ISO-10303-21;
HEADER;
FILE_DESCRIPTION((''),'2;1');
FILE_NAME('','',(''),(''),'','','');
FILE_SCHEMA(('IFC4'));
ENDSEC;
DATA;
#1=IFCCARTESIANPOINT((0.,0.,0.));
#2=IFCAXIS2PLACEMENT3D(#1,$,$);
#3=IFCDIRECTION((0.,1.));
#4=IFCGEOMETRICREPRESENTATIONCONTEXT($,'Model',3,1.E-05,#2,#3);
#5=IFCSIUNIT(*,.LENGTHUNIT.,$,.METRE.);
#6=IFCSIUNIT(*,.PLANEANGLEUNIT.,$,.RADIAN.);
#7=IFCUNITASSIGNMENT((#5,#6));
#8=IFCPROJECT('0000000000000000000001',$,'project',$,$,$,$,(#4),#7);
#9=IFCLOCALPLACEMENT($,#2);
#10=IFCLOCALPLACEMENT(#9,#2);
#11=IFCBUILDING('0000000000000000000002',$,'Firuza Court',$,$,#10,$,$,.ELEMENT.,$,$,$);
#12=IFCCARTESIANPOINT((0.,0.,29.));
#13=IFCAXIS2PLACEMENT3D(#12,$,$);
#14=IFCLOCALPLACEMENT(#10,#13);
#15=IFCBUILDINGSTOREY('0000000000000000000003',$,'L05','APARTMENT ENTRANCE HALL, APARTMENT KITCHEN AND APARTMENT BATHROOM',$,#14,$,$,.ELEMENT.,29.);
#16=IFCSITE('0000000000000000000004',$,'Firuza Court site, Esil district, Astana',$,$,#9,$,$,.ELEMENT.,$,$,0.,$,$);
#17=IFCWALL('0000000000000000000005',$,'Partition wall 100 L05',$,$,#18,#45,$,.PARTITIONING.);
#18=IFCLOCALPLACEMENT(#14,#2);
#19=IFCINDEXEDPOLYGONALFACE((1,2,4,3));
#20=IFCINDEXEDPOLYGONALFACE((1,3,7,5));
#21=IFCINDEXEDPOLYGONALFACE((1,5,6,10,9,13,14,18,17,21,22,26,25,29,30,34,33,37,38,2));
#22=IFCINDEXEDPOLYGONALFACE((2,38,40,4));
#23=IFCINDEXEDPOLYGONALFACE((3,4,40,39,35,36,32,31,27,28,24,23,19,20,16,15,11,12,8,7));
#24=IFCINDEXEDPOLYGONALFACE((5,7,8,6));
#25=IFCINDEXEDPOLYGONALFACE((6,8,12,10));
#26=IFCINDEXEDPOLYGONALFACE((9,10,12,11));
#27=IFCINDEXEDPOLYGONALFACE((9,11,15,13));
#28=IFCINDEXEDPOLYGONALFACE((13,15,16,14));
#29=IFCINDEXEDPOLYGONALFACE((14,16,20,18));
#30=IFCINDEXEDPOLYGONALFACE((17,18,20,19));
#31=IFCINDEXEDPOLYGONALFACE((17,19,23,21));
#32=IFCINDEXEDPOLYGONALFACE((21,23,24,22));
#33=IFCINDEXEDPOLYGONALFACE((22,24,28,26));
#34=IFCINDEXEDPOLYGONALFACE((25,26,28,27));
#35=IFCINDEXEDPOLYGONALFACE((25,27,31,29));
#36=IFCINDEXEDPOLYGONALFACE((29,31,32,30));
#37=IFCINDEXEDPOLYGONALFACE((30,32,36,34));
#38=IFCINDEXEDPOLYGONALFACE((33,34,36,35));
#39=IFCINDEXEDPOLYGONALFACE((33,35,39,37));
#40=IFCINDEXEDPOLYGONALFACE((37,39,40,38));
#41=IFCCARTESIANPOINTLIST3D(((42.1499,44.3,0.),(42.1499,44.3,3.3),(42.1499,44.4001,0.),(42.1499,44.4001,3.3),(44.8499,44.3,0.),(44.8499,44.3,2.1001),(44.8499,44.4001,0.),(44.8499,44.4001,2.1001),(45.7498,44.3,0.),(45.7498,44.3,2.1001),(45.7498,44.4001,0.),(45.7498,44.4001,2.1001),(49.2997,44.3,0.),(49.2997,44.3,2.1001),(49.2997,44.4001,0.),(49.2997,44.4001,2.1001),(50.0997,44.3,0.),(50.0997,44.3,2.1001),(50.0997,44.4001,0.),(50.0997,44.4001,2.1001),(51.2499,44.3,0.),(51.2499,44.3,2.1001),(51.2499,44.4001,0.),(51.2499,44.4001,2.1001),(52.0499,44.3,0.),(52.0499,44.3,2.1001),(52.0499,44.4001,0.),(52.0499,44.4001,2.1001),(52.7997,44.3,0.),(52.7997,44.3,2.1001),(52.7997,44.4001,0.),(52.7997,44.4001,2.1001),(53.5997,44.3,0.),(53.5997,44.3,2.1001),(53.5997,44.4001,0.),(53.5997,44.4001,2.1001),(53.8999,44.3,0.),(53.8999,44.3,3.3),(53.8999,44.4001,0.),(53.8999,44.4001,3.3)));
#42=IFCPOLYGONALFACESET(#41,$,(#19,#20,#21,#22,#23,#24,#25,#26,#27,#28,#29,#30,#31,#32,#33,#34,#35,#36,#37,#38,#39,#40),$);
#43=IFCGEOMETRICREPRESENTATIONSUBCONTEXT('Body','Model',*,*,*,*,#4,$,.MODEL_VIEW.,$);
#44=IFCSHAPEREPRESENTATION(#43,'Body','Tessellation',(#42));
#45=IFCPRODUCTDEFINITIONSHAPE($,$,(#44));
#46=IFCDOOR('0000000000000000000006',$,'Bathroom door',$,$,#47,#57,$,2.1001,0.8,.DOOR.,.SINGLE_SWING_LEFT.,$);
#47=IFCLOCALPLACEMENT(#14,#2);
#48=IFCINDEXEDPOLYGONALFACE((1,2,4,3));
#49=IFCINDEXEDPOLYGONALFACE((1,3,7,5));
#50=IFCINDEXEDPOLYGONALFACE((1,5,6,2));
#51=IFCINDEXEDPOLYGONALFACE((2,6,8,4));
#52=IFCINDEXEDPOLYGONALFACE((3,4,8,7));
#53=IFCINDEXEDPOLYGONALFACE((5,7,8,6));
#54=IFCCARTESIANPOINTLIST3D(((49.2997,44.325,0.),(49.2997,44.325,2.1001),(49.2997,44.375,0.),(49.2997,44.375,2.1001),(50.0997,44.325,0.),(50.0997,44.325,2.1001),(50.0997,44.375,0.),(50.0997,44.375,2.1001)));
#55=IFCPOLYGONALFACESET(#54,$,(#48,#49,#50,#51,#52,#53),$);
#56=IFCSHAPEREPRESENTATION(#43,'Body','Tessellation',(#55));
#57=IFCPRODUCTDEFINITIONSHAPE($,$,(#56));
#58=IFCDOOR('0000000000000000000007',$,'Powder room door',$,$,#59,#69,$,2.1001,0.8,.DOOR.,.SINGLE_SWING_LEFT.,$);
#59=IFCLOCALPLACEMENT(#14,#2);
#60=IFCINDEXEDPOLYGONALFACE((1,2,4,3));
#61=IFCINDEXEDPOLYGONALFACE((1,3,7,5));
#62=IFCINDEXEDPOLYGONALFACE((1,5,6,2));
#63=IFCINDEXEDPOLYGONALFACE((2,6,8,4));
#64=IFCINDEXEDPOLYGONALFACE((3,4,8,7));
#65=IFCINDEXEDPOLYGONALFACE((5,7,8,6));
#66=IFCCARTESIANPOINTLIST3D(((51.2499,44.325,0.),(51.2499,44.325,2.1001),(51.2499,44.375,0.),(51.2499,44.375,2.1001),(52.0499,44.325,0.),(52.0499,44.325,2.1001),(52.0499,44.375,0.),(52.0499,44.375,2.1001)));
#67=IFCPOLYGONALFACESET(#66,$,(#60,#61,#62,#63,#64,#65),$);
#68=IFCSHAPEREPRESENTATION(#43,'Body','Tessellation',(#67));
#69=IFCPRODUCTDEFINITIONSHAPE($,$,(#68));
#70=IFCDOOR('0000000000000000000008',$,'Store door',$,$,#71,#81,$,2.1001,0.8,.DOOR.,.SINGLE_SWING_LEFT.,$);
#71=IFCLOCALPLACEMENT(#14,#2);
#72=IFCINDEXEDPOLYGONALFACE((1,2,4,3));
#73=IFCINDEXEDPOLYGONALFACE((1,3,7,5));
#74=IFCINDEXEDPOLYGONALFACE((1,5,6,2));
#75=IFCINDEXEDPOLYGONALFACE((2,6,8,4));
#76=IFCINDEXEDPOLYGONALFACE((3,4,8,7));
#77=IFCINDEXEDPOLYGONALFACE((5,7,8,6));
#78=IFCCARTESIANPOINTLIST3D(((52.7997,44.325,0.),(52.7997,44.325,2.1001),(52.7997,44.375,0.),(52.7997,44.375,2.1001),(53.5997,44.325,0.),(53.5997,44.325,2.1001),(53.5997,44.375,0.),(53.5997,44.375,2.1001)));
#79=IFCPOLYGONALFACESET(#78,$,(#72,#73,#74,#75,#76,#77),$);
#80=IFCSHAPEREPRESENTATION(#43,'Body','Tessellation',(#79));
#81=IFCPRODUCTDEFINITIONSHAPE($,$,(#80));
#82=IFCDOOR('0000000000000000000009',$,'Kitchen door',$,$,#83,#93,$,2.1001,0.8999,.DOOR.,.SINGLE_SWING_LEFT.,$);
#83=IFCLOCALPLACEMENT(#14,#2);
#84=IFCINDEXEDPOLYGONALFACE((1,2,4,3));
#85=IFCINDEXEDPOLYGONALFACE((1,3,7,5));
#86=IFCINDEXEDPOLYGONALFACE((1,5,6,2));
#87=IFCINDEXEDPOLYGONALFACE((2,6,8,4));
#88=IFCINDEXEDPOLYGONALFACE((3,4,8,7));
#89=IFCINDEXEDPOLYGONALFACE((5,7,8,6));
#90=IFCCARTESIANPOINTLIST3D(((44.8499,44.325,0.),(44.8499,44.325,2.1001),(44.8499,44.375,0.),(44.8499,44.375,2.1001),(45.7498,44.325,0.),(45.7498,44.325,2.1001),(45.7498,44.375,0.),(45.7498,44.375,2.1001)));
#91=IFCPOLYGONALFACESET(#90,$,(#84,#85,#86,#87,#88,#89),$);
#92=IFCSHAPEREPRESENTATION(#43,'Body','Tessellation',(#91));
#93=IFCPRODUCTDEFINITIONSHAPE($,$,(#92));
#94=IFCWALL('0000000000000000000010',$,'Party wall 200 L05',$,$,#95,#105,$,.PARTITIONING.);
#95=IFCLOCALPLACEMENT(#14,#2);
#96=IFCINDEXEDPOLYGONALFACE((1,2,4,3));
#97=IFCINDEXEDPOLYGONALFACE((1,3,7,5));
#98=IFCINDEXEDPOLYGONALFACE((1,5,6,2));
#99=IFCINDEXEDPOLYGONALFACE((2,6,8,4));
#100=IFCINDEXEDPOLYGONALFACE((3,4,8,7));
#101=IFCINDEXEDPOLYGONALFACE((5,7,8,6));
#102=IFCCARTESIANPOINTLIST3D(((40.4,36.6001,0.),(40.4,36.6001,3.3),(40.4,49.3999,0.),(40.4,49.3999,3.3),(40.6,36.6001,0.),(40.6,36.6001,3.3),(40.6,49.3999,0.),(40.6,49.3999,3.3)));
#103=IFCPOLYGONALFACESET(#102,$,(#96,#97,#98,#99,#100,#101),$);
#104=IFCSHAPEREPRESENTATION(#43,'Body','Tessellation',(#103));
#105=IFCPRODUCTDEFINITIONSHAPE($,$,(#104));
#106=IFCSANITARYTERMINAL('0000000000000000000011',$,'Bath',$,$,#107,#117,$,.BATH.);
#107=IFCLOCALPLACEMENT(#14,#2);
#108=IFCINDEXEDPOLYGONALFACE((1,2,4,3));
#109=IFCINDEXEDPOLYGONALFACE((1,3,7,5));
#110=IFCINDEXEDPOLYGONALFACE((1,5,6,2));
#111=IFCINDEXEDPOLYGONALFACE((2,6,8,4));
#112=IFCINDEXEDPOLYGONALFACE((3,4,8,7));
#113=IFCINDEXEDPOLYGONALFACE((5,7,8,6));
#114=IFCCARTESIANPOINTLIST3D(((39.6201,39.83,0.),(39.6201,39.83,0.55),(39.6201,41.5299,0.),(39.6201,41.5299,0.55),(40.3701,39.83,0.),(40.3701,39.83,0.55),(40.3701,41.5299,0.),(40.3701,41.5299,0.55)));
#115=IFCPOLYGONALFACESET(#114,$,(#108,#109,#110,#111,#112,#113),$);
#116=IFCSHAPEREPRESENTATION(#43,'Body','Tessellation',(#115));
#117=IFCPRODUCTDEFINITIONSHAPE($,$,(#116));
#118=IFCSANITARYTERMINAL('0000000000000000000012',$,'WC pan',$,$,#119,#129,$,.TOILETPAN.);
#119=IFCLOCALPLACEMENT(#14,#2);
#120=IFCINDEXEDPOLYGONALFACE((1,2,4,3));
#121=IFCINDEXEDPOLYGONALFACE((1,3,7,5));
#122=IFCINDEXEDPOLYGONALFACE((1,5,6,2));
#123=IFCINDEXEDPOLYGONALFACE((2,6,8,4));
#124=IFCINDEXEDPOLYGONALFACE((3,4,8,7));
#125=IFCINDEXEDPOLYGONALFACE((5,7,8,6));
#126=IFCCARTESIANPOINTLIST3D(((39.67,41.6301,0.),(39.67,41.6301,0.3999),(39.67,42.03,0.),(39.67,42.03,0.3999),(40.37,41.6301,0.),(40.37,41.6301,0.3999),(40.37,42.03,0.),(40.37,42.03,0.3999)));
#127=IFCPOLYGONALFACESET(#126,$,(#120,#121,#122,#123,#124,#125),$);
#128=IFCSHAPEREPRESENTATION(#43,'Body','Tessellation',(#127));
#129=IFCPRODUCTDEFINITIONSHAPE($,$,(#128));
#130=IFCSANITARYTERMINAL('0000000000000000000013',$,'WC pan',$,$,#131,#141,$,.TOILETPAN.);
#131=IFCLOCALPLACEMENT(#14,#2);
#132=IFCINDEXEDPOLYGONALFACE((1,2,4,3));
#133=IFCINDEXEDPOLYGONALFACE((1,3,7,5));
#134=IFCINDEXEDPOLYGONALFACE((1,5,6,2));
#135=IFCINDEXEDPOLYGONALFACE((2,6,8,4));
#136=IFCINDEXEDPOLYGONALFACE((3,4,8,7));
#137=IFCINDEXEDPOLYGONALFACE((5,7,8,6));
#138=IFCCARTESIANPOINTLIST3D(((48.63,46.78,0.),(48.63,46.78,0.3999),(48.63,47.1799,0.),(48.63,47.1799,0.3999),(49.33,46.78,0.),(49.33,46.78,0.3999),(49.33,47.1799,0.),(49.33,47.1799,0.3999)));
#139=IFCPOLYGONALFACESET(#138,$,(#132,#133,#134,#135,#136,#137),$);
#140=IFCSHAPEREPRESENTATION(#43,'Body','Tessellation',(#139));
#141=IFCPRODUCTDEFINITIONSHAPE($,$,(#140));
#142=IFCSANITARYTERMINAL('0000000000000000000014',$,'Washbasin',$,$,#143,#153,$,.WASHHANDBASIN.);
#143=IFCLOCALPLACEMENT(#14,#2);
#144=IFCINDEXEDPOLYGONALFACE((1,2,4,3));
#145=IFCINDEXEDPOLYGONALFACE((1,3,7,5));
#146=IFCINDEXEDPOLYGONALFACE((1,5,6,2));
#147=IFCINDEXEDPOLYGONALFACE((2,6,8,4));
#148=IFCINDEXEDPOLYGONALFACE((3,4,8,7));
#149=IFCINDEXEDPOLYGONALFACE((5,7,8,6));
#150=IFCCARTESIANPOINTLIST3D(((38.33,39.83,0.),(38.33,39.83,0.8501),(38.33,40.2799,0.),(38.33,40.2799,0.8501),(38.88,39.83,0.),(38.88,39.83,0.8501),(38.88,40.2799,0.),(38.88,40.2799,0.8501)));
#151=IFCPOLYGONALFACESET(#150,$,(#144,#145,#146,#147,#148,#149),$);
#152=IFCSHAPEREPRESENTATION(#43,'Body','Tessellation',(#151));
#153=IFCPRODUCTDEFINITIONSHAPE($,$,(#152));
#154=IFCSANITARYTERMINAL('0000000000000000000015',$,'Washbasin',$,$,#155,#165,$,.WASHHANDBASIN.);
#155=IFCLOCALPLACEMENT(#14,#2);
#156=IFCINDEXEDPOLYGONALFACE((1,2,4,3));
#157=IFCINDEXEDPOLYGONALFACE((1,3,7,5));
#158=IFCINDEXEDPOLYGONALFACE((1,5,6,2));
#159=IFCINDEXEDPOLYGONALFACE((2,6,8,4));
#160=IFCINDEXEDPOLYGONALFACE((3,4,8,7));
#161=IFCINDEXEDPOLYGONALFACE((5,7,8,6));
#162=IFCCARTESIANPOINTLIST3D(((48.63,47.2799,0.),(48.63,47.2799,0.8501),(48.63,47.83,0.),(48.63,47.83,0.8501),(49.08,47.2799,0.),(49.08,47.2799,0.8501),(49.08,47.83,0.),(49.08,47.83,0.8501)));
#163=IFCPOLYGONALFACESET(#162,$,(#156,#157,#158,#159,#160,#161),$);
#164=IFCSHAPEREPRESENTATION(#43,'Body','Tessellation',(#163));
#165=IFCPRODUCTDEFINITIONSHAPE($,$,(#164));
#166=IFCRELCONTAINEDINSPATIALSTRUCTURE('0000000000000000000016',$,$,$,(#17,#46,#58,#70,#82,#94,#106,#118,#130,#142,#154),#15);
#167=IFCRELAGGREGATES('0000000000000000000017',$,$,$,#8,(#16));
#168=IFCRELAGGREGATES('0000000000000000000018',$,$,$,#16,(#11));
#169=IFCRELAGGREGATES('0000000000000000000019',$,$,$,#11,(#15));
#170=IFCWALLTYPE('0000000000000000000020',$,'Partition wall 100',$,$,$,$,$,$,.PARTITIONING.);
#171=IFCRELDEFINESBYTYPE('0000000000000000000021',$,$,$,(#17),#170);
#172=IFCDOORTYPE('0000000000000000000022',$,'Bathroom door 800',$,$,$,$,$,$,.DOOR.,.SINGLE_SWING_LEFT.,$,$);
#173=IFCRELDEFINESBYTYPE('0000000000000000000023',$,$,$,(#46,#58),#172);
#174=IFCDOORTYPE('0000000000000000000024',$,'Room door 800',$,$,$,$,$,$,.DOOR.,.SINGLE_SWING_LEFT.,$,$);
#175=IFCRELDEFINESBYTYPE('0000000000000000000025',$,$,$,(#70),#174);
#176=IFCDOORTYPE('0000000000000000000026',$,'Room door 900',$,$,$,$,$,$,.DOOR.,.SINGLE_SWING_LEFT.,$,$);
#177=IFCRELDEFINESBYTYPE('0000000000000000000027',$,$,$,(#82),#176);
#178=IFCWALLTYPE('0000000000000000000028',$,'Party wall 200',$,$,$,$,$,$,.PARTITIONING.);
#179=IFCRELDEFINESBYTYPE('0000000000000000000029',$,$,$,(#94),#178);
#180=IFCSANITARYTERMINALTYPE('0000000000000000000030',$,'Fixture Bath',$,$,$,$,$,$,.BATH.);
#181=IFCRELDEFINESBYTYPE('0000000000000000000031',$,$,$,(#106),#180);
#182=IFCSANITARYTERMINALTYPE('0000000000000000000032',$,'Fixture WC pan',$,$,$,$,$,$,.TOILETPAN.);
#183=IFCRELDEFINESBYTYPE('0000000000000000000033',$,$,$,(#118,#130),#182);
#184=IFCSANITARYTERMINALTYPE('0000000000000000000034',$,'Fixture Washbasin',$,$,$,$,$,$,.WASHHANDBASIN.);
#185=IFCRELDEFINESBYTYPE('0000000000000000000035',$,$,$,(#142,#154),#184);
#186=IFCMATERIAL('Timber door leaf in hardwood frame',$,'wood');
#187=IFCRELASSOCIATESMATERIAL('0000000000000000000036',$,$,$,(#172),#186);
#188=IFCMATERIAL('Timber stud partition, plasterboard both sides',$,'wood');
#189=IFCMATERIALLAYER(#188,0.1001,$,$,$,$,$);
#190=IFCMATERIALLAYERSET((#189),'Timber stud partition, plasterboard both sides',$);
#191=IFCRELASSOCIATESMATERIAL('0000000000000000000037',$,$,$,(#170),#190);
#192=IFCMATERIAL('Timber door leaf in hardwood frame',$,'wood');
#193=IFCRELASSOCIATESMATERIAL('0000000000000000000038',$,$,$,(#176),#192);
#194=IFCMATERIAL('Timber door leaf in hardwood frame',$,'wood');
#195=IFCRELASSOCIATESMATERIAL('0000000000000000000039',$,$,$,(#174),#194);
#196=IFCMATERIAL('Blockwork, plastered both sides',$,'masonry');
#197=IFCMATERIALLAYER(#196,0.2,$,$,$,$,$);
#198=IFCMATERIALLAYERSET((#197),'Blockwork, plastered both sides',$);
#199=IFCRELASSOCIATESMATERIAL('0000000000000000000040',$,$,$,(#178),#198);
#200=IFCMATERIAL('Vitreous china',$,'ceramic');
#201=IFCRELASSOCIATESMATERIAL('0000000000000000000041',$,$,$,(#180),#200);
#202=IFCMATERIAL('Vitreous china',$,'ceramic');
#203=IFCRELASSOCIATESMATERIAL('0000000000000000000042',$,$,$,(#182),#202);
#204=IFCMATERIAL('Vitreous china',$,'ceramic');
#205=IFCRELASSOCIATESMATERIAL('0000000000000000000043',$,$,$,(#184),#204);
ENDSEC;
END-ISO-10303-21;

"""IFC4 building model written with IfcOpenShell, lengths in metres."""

from ifc_helpers import new_model, si_unit, direction, frame, frame_2d, origin, origin_2d, place, context, subcontext, project, spatial, rectangle, extrude, material, layer, layer_set, type_object, element, fill, save


model = new_model("IFC4")

# Units and contexts
model_context = context("Model", 3, precision=1e-05, world=origin(), true_north=direction((0.0, 1.0)))
body_context = subcontext(model_context, "Body", "Model", "MODEL_VIEW")
ifc_project = project(units=[si_unit("LENGTHUNIT", "METRE"), si_unit("PLANEANGLEUNIT", "RADIAN")], contexts=[model_context])

# Site, building, storey
site_placement = place(None, origin())
site = spatial("IfcSite", under=ifc_project, at=site_placement, Name="Firuza Court site, Esil district, Astana", CompositionType="ELEMENT", RefElevation=0.0)
building_placement = place(site_placement, origin())
building = spatial("IfcBuilding", under=site, at=building_placement, Name="Firuza Court", CompositionType="ELEMENT")
storey_placement = place(building_placement, frame((0.0, 0.0, 29.0)))
storey = spatial("IfcBuildingStorey", under=building, at=storey_placement, Name="L05", Description="APARTMENT ENTRANCE HALL, APARTMENT KITCHEN AND APARTMENT BATHROOM", CompositionType="ELEMENT", Elevation=29.0)

# Shared definitions
ifc_material_1 = material(Name="Timber door leaf in hardwood frame", Category="wood")
door_type_1 = type_object("IfcDoorType", Name="Bathroom door 800", OperationType="SINGLE_SWING_LEFT", PredefinedType="DOOR", material=ifc_material_1)

# Shared definitions
ifc_material_2 = material(Name="Timber stud partition, plasterboard both sides", Category="wood")
ifc_layer_1 = layer(ifc_material_2, 0.1001)
ifc_layer_set_1 = layer_set([ifc_layer_1], Name="Timber stud partition, plasterboard both sides")
wall_type_1 = type_object("IfcWallType", Name="Partition wall 100", PredefinedType="PARTITIONING", material=ifc_layer_set_1)

# Shared definitions
ifc_material_3 = material(Name="Timber door leaf in hardwood frame", Category="wood")
door_type_2 = type_object("IfcDoorType", Name="Room door 900", OperationType="SINGLE_SWING_LEFT", PredefinedType="DOOR", material=ifc_material_3)

# Wall, openings, doors
wall_1_placement = place(storey_placement, frame((42.1499, 44.3501, 0.0), z_axis=(0.0, 0.0, 1.0), x_axis=(1.0, 0.0, 0.0)))
wall_1 = element("IfcWall", 1, at=wall_1_placement, inside=storey, type_object=wall_type_1, Name="Partition wall 100 L05", PredefinedType="PARTITIONING", context=body_context, shape_type="SweptSolid", body=[
    extrude(rectangle(XDim=11.75, YDim=0.1001, at=frame_2d((5.875, 0.0))), origin(), (0.0, 0.0, 1.0), 3.3),
])
opening_1_placement = place(wall_1_placement, frame((7.1499, 0.0, 0.0)))
opening_1 = element("IfcOpeningElement", 2, at=opening_1_placement, cuts=wall_1, PredefinedType="OPENING", context=body_context, shape_type="SweptSolid", body=[
    extrude(rectangle(XDim=0.8, YDim=2.1001, at=frame_2d((0.3999, 1.05))), frame((0.0, 0.062, 0.0), z_axis=(0.0, -1.0, 0.0), x_axis=(1.0, 0.0, 0.0)), (0.0, 0.0, 1.0), 0.124),
])
opening_2_placement = place(wall_1_placement, frame((2.7, 0.0, 0.0)))
opening_2 = element("IfcOpeningElement", 3, at=opening_2_placement, cuts=wall_1, PredefinedType="OPENING", context=body_context, shape_type="SweptSolid", body=[
    extrude(rectangle(XDim=0.8999, YDim=2.1001, at=frame_2d((0.45, 1.05))), frame((0.0, 0.062, 0.0), z_axis=(0.0, -1.0, 0.0), x_axis=(1.0, 0.0, 0.0)), (0.0, 0.0, 1.0), 0.124),
])
opening_3_placement = place(wall_1_placement, frame((10.6499, 0.0, 0.0)))
opening_3 = element("IfcOpeningElement", 4, at=opening_3_placement, cuts=wall_1, PredefinedType="OPENING", context=body_context, shape_type="SweptSolid", body=[
    extrude(rectangle(XDim=0.8, YDim=2.1001, at=frame_2d((0.3999, 1.05))), frame((0.0, 0.062, 0.0), z_axis=(0.0, -1.0, 0.0), x_axis=(1.0, 0.0, 0.0)), (0.0, 0.0, 1.0), 0.124),
])
opening_4_placement = place(wall_1_placement, frame((9.1001, 0.0, 0.0)))
opening_4 = element("IfcOpeningElement", 5, at=opening_4_placement, cuts=wall_1, PredefinedType="OPENING", context=body_context, shape_type="SweptSolid", body=[
    extrude(rectangle(XDim=0.8, YDim=2.1001, at=frame_2d((0.3999, 1.05))), frame((0.0, 0.062, 0.0), z_axis=(0.0, -1.0, 0.0), x_axis=(1.0, 0.0, 0.0)), (0.0, 0.0, 1.0), 0.124),
])
door_1_placement = place(opening_1_placement, origin())
door_1 = element("IfcDoor", 6, at=door_1_placement, inside=storey, type_object=door_type_1, Name="Bathroom door", OperationType="SINGLE_SWING_LEFT", OverallHeight=2.1001, OverallWidth=0.8, PredefinedType="DOOR", context=body_context, shape_type="SweptSolid", body=[
    extrude(rectangle(XDim=0.8, YDim=2.1001, at=frame_2d((0.3999, 1.05))), frame((0.0, 0.0249, 0.0), z_axis=(0.0, -1.0, 0.0), x_axis=(1.0, 0.0, 0.0)), (0.0, 0.0, 1.0), 0.05),
])
fill(opening_1, door_1)
door_2_placement = place(opening_4_placement, origin())
door_2 = element("IfcDoor", 7, at=door_2_placement, inside=storey, type_object=door_type_1, Name="Powder room door", OperationType="SINGLE_SWING_LEFT", OverallHeight=2.1001, OverallWidth=0.8, PredefinedType="DOOR", context=body_context, shape_type="SweptSolid", body=[
    extrude(rectangle(XDim=0.8, YDim=2.1001, at=frame_2d((0.3999, 1.05))), frame((0.0, 0.0249, 0.0), z_axis=(0.0, -1.0, 0.0), x_axis=(1.0, 0.0, 0.0)), (0.0, 0.0, 1.0), 0.05),
])
fill(opening_4, door_2)
ifc_material_4 = material(Name="Timber door leaf in hardwood frame", Category="wood")
door_type_3 = type_object("IfcDoorType", Name="Room door 800", OperationType="SINGLE_SWING_LEFT", PredefinedType="DOOR", material=ifc_material_4)
door_3_placement = place(opening_3_placement, origin())
door_3 = element("IfcDoor", 8, at=door_3_placement, inside=storey, type_object=door_type_3, Name="Store door", OperationType="SINGLE_SWING_LEFT", OverallHeight=2.1001, OverallWidth=0.8, PredefinedType="DOOR", context=body_context, shape_type="SweptSolid", body=[
    extrude(rectangle(XDim=0.8, YDim=2.1001, at=frame_2d((0.3999, 1.05))), frame((0.0, 0.0249, 0.0), z_axis=(0.0, -1.0, 0.0), x_axis=(1.0, 0.0, 0.0)), (0.0, 0.0, 1.0), 0.05),
])
fill(opening_3, door_3)
door_4_placement = place(opening_2_placement, origin())
door_4 = element("IfcDoor", 9, at=door_4_placement, inside=storey, type_object=door_type_2, Name="Kitchen door", OperationType="SINGLE_SWING_LEFT", OverallHeight=2.1001, OverallWidth=0.8999, PredefinedType="DOOR", context=body_context, shape_type="SweptSolid", body=[
    extrude(rectangle(XDim=0.8999, YDim=2.1001, at=frame_2d((0.45, 1.05))), frame((0.0, 0.0249, 0.0), z_axis=(0.0, -1.0, 0.0), x_axis=(1.0, 0.0, 0.0)), (0.0, 0.0, 1.0), 0.05),
])
fill(opening_2, door_4)

# Wall
ifc_material_5 = material(Name="Blockwork, plastered both sides", Category="masonry")
ifc_layer_2 = layer(ifc_material_5, 0.2)
ifc_layer_set_2 = layer_set([ifc_layer_2], Name="Blockwork, plastered both sides")
wall_type_2 = type_object("IfcWallType", Name="Party wall 200", PredefinedType="PARTITIONING", material=ifc_layer_set_2)
wall_2_placement = place(storey_placement, frame((40.5, 36.6001, 0.0), z_axis=(0.0, 0.0, 1.0), x_axis=(0.0, 1.0, 0.0)))
element("IfcWall", 10, at=wall_2_placement, inside=storey, type_object=wall_type_2, Name="Party wall 200 L05", PredefinedType="PARTITIONING", context=body_context, shape_type="SweptSolid", body=[
    extrude(rectangle(XDim=12.7998, YDim=0.2, at=frame_2d((6.3999, 0.0))), origin(), (0.0, 0.0, 1.0), 3.3),
])

# Sanitary terminals
ifc_material_6 = material(Name="Vitreous china", Category="ceramic")
sanitary_terminal_type_1 = type_object("IfcSanitaryTerminalType", Name="Fixture Bath", PredefinedType="BATH", material=ifc_material_6)
sanitary_terminal_1_placement = place(storey_placement, frame((39.9951, 40.6799, 0.0), z_axis=(0.0, 0.0, 1.0), x_axis=(1.0, 0.0, 0.0)))
element("IfcSanitaryTerminal", 11, at=sanitary_terminal_1_placement, inside=storey, type_object=sanitary_terminal_type_1, Name="Bath", PredefinedType="BATH", context=body_context, shape_type="SweptSolid", body=[
    extrude(rectangle(XDim=0.75, YDim=1.7, at=origin_2d()), origin(), (0.0, 0.0, 1.0), 0.55),
])
ifc_material_7 = material(Name="Vitreous china", Category="ceramic")
sanitary_terminal_type_2 = type_object("IfcSanitaryTerminalType", Name="Fixture WC pan", PredefinedType="TOILETPAN", material=ifc_material_7)
for number, where, z_axis, x_axis, name in (
    (12, (40.02, 41.8301, 0.0), (0.0, 0.0, 1.0), (1.0, 0.0, 0.0), "WC pan"),
    (13, (48.98, 46.98, 0.0), (0.0, 0.0, 1.0), (1.0, 0.0, 0.0), "WC pan"),
):
    element("IfcSanitaryTerminal", number, at=place(storey_placement, frame(where, z_axis=z_axis, x_axis=x_axis)), inside=storey, type_object=sanitary_terminal_type_2, Name=name, PredefinedType="TOILETPAN", context=body_context, shape_type="SweptSolid", body=[
        extrude(rectangle(XDim=0.7, YDim=0.3999, at=origin_2d()), origin(), (0.0, 0.0, 1.0), 0.3999),
    ])
ifc_material_8 = material(Name="Vitreous china", Category="ceramic")
sanitary_terminal_type_3 = type_object("IfcSanitaryTerminalType", Name="Fixture Washbasin", PredefinedType="WASHHANDBASIN", material=ifc_material_8)
sanitary_terminal_2_placement = place(storey_placement, frame((38.605, 40.0549, 0.0), z_axis=(0.0, 0.0, 1.0), x_axis=(1.0, 0.0, 0.0)))
element("IfcSanitaryTerminal", 14, at=sanitary_terminal_2_placement, inside=storey, type_object=sanitary_terminal_type_3, Name="Washbasin", PredefinedType="WASHHANDBASIN", context=body_context, shape_type="SweptSolid", body=[
    extrude(rectangle(XDim=0.55, YDim=0.45, at=origin_2d()), origin(), (0.0, 0.0, 1.0), 0.8501),
])
sanitary_terminal_3_placement = place(storey_placement, frame((48.855, 47.5549, 0.0), z_axis=(0.0, 0.0, 1.0), x_axis=(1.0, 0.0, 0.0)))
element("IfcSanitaryTerminal", 15, at=sanitary_terminal_3_placement, inside=storey, type_object=sanitary_terminal_type_3, Name="Washbasin", PredefinedType="WASHHANDBASIN", context=body_context, shape_type="SweptSolid", body=[
    extrude(rectangle(XDim=0.45, YDim=0.55, at=origin_2d()), origin(), (0.0, 0.0, 1.0), 0.8501),
])

save(model, "model.ifc")
